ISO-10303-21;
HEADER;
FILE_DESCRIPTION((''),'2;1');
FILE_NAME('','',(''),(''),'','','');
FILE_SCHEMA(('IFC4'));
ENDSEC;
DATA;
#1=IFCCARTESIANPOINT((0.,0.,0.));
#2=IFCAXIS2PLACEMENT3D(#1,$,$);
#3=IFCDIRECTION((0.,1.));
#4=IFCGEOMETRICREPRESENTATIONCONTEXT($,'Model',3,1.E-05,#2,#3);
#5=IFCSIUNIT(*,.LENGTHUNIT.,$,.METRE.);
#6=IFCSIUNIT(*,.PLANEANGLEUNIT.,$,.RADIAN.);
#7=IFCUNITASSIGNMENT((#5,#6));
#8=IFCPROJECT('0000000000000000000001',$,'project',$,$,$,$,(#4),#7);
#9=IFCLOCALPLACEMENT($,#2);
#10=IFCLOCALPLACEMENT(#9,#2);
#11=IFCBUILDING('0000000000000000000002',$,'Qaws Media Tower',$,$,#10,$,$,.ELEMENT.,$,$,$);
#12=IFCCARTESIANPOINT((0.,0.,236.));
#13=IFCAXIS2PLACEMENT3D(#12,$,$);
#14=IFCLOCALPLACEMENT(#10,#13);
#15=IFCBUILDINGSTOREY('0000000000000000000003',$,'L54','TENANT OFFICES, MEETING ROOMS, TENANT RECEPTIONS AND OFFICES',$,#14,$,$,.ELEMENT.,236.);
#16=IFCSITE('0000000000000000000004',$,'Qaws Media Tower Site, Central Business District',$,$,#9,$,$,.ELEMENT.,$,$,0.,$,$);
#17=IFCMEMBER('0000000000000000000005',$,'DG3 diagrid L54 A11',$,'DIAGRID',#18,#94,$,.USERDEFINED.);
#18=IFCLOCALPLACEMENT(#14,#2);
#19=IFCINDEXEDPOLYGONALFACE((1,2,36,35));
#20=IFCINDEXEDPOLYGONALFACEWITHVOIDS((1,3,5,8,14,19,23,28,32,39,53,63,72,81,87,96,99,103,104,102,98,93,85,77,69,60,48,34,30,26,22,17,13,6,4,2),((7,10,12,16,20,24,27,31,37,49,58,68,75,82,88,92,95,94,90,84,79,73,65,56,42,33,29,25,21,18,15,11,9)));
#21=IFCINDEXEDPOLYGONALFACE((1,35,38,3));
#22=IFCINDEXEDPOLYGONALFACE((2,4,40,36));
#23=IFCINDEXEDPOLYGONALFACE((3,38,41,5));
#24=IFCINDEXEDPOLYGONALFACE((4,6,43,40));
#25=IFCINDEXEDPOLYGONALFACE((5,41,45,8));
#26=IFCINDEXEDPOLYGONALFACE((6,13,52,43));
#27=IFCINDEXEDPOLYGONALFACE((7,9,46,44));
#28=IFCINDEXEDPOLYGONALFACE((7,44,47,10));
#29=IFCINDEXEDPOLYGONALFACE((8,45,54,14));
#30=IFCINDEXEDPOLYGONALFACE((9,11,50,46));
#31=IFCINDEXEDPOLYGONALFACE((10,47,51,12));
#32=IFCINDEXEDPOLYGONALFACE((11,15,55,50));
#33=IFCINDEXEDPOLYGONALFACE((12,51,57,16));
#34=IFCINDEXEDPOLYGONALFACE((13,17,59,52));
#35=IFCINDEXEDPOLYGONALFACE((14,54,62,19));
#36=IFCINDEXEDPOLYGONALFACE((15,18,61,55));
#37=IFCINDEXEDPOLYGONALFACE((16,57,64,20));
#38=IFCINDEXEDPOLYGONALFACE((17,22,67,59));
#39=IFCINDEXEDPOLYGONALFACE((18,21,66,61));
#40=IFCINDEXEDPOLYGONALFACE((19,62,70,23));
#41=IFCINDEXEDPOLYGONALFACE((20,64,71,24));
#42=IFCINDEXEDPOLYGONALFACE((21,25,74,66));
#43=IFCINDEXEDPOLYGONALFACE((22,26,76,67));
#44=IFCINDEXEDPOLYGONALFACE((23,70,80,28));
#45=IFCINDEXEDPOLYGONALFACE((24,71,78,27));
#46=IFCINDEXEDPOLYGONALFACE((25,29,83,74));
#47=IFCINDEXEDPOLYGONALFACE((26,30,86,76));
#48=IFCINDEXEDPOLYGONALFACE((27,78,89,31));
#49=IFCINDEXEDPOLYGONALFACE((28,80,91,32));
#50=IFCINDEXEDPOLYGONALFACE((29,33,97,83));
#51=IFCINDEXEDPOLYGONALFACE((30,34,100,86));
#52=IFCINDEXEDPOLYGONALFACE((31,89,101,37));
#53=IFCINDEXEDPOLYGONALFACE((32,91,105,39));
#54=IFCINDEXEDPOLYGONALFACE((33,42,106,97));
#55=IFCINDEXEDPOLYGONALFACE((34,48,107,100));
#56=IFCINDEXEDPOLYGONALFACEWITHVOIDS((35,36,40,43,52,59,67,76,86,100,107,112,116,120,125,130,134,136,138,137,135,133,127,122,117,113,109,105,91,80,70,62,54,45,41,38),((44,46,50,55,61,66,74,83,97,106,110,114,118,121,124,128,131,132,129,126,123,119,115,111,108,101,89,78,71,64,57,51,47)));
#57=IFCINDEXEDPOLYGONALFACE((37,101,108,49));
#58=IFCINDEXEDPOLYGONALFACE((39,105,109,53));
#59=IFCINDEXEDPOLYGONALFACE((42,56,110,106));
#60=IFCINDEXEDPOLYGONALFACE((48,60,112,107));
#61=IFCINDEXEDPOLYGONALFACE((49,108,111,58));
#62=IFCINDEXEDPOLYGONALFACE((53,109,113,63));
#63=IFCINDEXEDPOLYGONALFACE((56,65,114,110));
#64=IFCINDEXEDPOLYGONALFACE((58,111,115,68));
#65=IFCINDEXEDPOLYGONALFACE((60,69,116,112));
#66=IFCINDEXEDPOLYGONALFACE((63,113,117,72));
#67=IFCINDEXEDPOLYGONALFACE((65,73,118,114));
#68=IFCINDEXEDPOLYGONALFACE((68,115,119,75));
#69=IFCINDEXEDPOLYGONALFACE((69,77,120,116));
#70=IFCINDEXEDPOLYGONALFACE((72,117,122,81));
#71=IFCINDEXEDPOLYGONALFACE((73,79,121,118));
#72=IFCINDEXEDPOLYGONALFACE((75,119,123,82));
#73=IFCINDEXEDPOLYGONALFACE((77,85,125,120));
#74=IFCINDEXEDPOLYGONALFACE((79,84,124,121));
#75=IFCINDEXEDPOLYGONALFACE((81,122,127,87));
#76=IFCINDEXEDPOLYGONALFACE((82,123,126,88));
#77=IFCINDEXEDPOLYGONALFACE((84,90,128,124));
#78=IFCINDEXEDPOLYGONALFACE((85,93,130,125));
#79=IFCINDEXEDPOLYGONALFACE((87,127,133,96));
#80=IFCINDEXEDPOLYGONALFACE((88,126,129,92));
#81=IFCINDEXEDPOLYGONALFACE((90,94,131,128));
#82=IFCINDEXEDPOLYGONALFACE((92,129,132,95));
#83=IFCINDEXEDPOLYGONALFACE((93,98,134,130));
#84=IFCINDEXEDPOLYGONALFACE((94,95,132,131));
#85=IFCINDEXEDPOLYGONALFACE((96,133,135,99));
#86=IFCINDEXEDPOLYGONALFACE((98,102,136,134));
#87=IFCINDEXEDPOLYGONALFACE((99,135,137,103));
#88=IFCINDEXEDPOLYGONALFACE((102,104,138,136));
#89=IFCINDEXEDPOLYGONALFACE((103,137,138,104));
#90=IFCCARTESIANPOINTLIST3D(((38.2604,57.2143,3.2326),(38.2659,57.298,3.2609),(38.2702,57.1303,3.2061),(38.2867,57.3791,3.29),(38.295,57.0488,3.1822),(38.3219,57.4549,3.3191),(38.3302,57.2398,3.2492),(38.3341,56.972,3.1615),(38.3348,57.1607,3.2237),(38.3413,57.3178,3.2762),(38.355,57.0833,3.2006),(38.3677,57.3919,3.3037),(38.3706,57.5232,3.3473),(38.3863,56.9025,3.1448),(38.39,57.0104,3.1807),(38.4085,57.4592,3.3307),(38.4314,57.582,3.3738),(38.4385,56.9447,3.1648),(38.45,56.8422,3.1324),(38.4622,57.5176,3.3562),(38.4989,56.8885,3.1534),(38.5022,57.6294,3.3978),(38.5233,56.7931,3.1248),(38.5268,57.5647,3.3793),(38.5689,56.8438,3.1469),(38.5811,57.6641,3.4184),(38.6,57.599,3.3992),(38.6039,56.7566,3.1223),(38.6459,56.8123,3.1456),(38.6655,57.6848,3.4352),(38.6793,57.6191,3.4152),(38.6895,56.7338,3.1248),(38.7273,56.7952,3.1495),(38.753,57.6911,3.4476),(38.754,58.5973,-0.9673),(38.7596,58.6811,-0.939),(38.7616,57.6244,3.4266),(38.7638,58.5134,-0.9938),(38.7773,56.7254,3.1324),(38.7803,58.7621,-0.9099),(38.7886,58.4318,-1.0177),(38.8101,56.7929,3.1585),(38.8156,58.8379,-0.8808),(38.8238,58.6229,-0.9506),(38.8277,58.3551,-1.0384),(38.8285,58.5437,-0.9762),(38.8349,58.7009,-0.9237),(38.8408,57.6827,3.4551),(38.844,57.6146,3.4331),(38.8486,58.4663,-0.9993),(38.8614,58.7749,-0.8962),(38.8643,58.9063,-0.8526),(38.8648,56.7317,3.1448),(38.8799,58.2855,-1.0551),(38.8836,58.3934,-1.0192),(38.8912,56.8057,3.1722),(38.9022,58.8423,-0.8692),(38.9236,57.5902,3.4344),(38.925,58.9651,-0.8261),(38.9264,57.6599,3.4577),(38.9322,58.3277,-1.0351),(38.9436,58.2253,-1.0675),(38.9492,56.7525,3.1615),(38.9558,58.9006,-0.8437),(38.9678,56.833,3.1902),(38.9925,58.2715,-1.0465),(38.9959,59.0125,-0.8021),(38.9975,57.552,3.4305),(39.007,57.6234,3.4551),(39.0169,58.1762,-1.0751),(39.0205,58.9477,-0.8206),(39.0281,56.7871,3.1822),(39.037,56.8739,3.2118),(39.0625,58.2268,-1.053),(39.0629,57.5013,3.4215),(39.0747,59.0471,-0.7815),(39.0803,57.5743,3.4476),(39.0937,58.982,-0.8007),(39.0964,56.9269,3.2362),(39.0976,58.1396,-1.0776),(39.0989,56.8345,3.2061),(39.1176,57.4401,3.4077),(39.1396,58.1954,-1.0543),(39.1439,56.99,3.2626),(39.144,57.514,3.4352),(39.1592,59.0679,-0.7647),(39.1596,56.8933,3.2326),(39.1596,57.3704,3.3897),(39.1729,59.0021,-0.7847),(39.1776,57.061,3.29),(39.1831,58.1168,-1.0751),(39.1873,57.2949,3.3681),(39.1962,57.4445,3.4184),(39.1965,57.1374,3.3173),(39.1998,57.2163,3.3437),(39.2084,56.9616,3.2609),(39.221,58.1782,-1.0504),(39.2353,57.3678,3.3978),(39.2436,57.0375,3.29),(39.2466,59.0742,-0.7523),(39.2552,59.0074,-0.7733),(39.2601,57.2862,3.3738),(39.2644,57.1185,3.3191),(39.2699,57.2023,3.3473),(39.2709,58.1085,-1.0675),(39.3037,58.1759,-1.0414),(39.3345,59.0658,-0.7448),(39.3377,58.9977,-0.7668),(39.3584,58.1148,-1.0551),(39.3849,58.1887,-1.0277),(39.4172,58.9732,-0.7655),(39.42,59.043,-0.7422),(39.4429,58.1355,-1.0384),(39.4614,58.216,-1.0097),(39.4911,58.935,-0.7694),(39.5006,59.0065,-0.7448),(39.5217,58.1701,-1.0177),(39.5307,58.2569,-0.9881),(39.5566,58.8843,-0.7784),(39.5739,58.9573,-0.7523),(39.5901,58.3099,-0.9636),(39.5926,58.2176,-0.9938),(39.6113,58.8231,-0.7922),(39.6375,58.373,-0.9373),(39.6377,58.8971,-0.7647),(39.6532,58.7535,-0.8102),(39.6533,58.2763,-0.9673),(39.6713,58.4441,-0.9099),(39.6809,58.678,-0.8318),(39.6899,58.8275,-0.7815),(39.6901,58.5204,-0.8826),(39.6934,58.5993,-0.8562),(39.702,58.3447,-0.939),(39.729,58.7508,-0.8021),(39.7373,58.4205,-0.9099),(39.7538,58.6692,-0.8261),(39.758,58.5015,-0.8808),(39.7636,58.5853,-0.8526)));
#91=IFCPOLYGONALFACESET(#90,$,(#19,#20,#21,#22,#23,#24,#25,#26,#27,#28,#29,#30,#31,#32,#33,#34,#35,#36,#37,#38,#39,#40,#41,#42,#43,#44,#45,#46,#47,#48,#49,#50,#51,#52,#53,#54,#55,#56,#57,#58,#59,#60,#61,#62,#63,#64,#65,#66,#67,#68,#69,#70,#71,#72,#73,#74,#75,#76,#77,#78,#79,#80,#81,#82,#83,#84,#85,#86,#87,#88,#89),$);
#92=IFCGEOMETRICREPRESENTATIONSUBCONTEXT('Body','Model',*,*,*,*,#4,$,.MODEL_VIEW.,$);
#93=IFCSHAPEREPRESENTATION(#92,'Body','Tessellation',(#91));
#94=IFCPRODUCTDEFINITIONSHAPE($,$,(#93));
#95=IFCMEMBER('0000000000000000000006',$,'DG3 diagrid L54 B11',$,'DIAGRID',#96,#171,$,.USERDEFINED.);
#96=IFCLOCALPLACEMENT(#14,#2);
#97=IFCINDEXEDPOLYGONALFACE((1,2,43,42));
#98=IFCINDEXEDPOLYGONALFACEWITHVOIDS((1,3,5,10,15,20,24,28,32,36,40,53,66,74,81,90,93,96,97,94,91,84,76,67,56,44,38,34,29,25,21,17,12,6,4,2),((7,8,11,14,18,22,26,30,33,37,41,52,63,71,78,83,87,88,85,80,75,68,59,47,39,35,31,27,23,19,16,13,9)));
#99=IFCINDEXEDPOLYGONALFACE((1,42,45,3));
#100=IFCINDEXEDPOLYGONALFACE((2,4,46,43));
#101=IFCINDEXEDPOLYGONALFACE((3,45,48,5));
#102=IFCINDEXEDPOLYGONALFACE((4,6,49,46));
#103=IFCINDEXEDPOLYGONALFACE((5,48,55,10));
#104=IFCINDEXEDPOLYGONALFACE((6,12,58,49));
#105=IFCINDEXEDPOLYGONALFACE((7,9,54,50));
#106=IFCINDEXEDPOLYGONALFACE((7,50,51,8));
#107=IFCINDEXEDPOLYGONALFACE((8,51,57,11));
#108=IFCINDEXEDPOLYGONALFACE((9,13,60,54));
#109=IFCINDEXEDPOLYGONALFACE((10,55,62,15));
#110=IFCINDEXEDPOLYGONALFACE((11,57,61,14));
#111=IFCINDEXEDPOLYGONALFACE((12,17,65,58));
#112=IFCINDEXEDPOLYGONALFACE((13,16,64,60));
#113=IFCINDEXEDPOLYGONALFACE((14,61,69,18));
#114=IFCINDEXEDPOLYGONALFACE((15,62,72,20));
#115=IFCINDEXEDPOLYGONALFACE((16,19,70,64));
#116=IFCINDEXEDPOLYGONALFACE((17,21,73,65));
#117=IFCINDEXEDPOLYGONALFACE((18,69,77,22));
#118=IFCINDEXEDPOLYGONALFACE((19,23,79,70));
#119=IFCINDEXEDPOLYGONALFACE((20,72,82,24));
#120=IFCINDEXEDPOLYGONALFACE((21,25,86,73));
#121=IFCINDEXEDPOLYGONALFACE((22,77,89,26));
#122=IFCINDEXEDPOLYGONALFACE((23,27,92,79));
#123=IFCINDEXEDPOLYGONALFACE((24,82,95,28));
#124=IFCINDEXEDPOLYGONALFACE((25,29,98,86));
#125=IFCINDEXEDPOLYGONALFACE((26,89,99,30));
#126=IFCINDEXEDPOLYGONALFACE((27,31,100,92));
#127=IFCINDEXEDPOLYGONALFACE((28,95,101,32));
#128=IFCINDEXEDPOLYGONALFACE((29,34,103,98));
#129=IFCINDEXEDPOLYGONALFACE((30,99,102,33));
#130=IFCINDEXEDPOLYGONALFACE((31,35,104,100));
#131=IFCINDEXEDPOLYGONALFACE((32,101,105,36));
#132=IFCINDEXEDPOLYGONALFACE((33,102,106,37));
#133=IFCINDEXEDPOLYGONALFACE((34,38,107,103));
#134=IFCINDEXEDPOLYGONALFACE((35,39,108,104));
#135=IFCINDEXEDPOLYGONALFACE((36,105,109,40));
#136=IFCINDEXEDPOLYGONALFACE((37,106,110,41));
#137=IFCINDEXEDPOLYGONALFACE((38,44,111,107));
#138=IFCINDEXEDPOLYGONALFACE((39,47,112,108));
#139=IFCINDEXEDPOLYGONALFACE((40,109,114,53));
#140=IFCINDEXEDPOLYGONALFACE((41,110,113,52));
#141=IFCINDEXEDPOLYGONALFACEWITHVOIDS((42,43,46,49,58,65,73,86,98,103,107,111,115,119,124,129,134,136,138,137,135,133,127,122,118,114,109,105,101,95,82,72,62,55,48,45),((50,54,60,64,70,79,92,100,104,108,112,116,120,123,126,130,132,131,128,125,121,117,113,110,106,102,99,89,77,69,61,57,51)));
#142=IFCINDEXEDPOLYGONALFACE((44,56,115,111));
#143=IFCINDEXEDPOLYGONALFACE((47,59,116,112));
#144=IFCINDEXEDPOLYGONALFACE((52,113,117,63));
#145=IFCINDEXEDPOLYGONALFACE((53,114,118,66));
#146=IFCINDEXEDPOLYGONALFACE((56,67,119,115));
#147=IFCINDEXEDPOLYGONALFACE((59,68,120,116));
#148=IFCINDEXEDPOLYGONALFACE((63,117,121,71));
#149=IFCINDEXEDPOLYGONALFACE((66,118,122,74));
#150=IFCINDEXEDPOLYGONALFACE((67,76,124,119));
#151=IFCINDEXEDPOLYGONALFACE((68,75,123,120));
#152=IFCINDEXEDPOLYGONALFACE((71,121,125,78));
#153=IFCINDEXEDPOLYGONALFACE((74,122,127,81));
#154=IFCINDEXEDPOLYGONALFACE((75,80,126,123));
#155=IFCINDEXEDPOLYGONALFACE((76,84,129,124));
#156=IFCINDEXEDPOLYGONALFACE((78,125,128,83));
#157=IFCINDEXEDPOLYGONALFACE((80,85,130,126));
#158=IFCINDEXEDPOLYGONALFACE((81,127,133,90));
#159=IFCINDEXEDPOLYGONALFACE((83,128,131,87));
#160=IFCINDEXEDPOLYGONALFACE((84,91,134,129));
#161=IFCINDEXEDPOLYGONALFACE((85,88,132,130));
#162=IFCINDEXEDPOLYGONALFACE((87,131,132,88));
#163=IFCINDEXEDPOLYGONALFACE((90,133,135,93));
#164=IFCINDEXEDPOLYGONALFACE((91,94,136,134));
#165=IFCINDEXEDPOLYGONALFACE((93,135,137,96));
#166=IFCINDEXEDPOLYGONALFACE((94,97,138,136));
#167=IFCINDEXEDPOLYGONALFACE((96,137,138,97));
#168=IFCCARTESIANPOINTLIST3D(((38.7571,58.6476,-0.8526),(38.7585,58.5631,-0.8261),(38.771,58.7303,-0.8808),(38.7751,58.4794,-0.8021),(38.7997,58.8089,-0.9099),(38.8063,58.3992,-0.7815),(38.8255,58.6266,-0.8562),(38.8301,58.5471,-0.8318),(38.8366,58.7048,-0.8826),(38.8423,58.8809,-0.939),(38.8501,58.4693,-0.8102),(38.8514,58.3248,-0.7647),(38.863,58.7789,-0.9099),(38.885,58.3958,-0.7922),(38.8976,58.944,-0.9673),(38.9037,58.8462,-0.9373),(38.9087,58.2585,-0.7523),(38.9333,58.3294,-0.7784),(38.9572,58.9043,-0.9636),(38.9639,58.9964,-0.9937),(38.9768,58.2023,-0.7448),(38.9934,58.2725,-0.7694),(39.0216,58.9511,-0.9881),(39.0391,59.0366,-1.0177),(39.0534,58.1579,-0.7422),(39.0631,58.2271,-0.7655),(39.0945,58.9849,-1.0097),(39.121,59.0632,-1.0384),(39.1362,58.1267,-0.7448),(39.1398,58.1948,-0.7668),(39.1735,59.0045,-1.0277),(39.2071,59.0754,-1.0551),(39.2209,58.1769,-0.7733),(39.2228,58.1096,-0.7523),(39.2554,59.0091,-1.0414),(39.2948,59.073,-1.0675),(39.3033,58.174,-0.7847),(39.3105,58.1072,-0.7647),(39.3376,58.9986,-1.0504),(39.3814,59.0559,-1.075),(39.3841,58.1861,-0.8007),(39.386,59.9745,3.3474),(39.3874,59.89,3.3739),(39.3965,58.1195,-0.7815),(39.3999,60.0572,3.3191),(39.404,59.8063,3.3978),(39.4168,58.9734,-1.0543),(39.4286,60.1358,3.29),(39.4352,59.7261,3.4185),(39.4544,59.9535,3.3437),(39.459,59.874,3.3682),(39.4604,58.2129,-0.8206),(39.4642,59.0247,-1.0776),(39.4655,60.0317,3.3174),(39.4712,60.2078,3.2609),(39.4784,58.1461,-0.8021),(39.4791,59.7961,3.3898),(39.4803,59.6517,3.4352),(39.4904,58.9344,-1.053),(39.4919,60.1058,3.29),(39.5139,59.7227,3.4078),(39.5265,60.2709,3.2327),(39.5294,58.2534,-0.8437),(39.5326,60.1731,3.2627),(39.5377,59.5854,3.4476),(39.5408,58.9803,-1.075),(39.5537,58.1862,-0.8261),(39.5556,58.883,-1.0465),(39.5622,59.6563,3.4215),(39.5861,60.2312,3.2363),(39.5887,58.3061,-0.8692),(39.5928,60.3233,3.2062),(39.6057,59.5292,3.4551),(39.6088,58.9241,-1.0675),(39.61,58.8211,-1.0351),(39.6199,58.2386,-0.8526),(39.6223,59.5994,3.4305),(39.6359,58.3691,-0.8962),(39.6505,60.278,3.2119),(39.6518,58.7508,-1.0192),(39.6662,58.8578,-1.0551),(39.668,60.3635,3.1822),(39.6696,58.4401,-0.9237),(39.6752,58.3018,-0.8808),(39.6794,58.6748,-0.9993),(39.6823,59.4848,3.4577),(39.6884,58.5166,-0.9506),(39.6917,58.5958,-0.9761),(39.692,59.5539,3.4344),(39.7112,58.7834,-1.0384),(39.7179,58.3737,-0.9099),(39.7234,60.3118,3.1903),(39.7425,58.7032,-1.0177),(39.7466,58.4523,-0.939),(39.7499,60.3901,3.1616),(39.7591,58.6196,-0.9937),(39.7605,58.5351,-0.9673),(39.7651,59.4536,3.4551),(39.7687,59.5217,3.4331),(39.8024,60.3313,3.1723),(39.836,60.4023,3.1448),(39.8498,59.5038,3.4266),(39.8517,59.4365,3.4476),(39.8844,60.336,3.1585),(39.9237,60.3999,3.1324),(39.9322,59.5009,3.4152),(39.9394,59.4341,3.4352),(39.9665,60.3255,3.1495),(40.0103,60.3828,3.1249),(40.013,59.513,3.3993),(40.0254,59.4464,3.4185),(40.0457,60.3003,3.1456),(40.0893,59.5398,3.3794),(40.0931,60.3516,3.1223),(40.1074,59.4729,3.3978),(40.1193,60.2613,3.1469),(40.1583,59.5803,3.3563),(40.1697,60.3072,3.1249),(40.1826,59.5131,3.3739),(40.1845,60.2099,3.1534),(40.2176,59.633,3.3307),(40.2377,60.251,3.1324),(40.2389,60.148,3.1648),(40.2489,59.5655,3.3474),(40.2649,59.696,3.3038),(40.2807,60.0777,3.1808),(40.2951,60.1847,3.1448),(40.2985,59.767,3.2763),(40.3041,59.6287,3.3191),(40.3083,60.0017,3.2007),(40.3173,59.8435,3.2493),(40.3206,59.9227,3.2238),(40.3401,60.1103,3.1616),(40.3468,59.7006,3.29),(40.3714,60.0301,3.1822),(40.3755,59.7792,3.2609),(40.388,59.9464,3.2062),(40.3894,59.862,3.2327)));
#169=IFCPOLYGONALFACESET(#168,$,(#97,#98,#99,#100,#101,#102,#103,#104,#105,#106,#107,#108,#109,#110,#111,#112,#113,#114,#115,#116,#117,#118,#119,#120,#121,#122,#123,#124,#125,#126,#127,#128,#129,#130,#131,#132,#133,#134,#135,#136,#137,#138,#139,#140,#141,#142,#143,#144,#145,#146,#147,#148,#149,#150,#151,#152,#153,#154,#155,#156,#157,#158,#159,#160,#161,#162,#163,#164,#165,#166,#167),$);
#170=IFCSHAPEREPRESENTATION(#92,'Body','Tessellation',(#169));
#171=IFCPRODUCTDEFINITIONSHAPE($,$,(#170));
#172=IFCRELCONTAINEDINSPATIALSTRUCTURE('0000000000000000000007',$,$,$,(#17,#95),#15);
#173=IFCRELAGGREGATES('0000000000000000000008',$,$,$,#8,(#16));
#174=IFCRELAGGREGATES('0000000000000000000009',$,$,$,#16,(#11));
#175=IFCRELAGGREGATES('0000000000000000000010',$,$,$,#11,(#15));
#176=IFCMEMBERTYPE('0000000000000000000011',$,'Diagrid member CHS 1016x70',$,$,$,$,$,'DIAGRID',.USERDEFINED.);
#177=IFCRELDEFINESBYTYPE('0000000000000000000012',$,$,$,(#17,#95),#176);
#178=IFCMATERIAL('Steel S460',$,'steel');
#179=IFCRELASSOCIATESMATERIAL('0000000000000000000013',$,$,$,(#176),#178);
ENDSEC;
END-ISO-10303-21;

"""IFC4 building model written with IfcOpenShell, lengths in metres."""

from ifc_helpers import new_model, si_unit, direction, frame, origin, origin_2d, place, context, subcontext, project, spatial, hollow_circle, extrude, material, material_profile, profile_set, type_object, element, save


model = new_model("IFC4")

# Units and contexts
model_context = context("Model", 3, precision=1e-05, world=origin(), true_north=direction((0.0, 1.0)))
body_context = subcontext(model_context, "Body", "Model", "MODEL_VIEW")
ifc_project = project(units=[si_unit("LENGTHUNIT", "METRE"), si_unit("PLANEANGLEUNIT", "RADIAN")], contexts=[model_context])

# Site, building, storey
site_placement = place(None, origin())
site = spatial("IfcSite", under=ifc_project, at=site_placement, Name="Qaws Media Tower Site, Central Business District", CompositionType="ELEMENT", RefElevation=0.0)
building_placement = place(site_placement, origin())
building = spatial("IfcBuilding", under=site, at=building_placement, Name="Qaws Media Tower", CompositionType="ELEMENT")
storey_placement = place(building_placement, frame((0.0, 0.0, 236.0)))
storey = spatial("IfcBuildingStorey", under=building, at=storey_placement, Name="L54", Description="TENANT OFFICES, MEETING ROOMS, TENANT RECEPTIONS AND OFFICES", CompositionType="ELEMENT", Elevation=236.0)

# Members
ifc_material_1 = material(Name="Steel S460", Category="steel")
ifc_material_profile_1 = material_profile(ifc_material_1, hollow_circle(Radius=0.5081, WallThickness=0.0701, at=origin_2d()), Name="CHS 1016x70")
ifc_profile_set_1 = profile_set([ifc_material_profile_1], Name="Steel S460")
member_type_1 = type_object("IfcMemberType", Name="Diagrid member CHS 1016x70", ElementType="DIAGRID", PredefinedType="USERDEFINED", material=ifc_profile_set_1)
for number, where, z_axis, x_axis, name in (
    (1, (39.2588, 58.5913, -0.9099), (-0.110951, -0.310849, 0.943961), (0.941806, -0.336157, 0.0), "DG3 diagrid L54 A11"),
    (2, (39.2588, 58.5913, -0.9099), (0.141351, 0.298231, 0.943969), (-0.90364, 0.428294, 0.0), "DG3 diagrid L54 B11"),
):
    element("IfcMember", number, at=place(storey_placement, frame(where, z_axis=z_axis, x_axis=x_axis)), inside=storey, type_object=member_type_1, Name=name, ObjectType="DIAGRID", PredefinedType="USERDEFINED", context=body_context, shape_type="SweptSolid", body=[
        extrude(hollow_circle(Radius=0.5081, WallThickness=0.0701, at=origin_2d()), origin(), (0.0, 0.0, 1.0), 4.4492),
    ])

save(model, "model.ifc")
